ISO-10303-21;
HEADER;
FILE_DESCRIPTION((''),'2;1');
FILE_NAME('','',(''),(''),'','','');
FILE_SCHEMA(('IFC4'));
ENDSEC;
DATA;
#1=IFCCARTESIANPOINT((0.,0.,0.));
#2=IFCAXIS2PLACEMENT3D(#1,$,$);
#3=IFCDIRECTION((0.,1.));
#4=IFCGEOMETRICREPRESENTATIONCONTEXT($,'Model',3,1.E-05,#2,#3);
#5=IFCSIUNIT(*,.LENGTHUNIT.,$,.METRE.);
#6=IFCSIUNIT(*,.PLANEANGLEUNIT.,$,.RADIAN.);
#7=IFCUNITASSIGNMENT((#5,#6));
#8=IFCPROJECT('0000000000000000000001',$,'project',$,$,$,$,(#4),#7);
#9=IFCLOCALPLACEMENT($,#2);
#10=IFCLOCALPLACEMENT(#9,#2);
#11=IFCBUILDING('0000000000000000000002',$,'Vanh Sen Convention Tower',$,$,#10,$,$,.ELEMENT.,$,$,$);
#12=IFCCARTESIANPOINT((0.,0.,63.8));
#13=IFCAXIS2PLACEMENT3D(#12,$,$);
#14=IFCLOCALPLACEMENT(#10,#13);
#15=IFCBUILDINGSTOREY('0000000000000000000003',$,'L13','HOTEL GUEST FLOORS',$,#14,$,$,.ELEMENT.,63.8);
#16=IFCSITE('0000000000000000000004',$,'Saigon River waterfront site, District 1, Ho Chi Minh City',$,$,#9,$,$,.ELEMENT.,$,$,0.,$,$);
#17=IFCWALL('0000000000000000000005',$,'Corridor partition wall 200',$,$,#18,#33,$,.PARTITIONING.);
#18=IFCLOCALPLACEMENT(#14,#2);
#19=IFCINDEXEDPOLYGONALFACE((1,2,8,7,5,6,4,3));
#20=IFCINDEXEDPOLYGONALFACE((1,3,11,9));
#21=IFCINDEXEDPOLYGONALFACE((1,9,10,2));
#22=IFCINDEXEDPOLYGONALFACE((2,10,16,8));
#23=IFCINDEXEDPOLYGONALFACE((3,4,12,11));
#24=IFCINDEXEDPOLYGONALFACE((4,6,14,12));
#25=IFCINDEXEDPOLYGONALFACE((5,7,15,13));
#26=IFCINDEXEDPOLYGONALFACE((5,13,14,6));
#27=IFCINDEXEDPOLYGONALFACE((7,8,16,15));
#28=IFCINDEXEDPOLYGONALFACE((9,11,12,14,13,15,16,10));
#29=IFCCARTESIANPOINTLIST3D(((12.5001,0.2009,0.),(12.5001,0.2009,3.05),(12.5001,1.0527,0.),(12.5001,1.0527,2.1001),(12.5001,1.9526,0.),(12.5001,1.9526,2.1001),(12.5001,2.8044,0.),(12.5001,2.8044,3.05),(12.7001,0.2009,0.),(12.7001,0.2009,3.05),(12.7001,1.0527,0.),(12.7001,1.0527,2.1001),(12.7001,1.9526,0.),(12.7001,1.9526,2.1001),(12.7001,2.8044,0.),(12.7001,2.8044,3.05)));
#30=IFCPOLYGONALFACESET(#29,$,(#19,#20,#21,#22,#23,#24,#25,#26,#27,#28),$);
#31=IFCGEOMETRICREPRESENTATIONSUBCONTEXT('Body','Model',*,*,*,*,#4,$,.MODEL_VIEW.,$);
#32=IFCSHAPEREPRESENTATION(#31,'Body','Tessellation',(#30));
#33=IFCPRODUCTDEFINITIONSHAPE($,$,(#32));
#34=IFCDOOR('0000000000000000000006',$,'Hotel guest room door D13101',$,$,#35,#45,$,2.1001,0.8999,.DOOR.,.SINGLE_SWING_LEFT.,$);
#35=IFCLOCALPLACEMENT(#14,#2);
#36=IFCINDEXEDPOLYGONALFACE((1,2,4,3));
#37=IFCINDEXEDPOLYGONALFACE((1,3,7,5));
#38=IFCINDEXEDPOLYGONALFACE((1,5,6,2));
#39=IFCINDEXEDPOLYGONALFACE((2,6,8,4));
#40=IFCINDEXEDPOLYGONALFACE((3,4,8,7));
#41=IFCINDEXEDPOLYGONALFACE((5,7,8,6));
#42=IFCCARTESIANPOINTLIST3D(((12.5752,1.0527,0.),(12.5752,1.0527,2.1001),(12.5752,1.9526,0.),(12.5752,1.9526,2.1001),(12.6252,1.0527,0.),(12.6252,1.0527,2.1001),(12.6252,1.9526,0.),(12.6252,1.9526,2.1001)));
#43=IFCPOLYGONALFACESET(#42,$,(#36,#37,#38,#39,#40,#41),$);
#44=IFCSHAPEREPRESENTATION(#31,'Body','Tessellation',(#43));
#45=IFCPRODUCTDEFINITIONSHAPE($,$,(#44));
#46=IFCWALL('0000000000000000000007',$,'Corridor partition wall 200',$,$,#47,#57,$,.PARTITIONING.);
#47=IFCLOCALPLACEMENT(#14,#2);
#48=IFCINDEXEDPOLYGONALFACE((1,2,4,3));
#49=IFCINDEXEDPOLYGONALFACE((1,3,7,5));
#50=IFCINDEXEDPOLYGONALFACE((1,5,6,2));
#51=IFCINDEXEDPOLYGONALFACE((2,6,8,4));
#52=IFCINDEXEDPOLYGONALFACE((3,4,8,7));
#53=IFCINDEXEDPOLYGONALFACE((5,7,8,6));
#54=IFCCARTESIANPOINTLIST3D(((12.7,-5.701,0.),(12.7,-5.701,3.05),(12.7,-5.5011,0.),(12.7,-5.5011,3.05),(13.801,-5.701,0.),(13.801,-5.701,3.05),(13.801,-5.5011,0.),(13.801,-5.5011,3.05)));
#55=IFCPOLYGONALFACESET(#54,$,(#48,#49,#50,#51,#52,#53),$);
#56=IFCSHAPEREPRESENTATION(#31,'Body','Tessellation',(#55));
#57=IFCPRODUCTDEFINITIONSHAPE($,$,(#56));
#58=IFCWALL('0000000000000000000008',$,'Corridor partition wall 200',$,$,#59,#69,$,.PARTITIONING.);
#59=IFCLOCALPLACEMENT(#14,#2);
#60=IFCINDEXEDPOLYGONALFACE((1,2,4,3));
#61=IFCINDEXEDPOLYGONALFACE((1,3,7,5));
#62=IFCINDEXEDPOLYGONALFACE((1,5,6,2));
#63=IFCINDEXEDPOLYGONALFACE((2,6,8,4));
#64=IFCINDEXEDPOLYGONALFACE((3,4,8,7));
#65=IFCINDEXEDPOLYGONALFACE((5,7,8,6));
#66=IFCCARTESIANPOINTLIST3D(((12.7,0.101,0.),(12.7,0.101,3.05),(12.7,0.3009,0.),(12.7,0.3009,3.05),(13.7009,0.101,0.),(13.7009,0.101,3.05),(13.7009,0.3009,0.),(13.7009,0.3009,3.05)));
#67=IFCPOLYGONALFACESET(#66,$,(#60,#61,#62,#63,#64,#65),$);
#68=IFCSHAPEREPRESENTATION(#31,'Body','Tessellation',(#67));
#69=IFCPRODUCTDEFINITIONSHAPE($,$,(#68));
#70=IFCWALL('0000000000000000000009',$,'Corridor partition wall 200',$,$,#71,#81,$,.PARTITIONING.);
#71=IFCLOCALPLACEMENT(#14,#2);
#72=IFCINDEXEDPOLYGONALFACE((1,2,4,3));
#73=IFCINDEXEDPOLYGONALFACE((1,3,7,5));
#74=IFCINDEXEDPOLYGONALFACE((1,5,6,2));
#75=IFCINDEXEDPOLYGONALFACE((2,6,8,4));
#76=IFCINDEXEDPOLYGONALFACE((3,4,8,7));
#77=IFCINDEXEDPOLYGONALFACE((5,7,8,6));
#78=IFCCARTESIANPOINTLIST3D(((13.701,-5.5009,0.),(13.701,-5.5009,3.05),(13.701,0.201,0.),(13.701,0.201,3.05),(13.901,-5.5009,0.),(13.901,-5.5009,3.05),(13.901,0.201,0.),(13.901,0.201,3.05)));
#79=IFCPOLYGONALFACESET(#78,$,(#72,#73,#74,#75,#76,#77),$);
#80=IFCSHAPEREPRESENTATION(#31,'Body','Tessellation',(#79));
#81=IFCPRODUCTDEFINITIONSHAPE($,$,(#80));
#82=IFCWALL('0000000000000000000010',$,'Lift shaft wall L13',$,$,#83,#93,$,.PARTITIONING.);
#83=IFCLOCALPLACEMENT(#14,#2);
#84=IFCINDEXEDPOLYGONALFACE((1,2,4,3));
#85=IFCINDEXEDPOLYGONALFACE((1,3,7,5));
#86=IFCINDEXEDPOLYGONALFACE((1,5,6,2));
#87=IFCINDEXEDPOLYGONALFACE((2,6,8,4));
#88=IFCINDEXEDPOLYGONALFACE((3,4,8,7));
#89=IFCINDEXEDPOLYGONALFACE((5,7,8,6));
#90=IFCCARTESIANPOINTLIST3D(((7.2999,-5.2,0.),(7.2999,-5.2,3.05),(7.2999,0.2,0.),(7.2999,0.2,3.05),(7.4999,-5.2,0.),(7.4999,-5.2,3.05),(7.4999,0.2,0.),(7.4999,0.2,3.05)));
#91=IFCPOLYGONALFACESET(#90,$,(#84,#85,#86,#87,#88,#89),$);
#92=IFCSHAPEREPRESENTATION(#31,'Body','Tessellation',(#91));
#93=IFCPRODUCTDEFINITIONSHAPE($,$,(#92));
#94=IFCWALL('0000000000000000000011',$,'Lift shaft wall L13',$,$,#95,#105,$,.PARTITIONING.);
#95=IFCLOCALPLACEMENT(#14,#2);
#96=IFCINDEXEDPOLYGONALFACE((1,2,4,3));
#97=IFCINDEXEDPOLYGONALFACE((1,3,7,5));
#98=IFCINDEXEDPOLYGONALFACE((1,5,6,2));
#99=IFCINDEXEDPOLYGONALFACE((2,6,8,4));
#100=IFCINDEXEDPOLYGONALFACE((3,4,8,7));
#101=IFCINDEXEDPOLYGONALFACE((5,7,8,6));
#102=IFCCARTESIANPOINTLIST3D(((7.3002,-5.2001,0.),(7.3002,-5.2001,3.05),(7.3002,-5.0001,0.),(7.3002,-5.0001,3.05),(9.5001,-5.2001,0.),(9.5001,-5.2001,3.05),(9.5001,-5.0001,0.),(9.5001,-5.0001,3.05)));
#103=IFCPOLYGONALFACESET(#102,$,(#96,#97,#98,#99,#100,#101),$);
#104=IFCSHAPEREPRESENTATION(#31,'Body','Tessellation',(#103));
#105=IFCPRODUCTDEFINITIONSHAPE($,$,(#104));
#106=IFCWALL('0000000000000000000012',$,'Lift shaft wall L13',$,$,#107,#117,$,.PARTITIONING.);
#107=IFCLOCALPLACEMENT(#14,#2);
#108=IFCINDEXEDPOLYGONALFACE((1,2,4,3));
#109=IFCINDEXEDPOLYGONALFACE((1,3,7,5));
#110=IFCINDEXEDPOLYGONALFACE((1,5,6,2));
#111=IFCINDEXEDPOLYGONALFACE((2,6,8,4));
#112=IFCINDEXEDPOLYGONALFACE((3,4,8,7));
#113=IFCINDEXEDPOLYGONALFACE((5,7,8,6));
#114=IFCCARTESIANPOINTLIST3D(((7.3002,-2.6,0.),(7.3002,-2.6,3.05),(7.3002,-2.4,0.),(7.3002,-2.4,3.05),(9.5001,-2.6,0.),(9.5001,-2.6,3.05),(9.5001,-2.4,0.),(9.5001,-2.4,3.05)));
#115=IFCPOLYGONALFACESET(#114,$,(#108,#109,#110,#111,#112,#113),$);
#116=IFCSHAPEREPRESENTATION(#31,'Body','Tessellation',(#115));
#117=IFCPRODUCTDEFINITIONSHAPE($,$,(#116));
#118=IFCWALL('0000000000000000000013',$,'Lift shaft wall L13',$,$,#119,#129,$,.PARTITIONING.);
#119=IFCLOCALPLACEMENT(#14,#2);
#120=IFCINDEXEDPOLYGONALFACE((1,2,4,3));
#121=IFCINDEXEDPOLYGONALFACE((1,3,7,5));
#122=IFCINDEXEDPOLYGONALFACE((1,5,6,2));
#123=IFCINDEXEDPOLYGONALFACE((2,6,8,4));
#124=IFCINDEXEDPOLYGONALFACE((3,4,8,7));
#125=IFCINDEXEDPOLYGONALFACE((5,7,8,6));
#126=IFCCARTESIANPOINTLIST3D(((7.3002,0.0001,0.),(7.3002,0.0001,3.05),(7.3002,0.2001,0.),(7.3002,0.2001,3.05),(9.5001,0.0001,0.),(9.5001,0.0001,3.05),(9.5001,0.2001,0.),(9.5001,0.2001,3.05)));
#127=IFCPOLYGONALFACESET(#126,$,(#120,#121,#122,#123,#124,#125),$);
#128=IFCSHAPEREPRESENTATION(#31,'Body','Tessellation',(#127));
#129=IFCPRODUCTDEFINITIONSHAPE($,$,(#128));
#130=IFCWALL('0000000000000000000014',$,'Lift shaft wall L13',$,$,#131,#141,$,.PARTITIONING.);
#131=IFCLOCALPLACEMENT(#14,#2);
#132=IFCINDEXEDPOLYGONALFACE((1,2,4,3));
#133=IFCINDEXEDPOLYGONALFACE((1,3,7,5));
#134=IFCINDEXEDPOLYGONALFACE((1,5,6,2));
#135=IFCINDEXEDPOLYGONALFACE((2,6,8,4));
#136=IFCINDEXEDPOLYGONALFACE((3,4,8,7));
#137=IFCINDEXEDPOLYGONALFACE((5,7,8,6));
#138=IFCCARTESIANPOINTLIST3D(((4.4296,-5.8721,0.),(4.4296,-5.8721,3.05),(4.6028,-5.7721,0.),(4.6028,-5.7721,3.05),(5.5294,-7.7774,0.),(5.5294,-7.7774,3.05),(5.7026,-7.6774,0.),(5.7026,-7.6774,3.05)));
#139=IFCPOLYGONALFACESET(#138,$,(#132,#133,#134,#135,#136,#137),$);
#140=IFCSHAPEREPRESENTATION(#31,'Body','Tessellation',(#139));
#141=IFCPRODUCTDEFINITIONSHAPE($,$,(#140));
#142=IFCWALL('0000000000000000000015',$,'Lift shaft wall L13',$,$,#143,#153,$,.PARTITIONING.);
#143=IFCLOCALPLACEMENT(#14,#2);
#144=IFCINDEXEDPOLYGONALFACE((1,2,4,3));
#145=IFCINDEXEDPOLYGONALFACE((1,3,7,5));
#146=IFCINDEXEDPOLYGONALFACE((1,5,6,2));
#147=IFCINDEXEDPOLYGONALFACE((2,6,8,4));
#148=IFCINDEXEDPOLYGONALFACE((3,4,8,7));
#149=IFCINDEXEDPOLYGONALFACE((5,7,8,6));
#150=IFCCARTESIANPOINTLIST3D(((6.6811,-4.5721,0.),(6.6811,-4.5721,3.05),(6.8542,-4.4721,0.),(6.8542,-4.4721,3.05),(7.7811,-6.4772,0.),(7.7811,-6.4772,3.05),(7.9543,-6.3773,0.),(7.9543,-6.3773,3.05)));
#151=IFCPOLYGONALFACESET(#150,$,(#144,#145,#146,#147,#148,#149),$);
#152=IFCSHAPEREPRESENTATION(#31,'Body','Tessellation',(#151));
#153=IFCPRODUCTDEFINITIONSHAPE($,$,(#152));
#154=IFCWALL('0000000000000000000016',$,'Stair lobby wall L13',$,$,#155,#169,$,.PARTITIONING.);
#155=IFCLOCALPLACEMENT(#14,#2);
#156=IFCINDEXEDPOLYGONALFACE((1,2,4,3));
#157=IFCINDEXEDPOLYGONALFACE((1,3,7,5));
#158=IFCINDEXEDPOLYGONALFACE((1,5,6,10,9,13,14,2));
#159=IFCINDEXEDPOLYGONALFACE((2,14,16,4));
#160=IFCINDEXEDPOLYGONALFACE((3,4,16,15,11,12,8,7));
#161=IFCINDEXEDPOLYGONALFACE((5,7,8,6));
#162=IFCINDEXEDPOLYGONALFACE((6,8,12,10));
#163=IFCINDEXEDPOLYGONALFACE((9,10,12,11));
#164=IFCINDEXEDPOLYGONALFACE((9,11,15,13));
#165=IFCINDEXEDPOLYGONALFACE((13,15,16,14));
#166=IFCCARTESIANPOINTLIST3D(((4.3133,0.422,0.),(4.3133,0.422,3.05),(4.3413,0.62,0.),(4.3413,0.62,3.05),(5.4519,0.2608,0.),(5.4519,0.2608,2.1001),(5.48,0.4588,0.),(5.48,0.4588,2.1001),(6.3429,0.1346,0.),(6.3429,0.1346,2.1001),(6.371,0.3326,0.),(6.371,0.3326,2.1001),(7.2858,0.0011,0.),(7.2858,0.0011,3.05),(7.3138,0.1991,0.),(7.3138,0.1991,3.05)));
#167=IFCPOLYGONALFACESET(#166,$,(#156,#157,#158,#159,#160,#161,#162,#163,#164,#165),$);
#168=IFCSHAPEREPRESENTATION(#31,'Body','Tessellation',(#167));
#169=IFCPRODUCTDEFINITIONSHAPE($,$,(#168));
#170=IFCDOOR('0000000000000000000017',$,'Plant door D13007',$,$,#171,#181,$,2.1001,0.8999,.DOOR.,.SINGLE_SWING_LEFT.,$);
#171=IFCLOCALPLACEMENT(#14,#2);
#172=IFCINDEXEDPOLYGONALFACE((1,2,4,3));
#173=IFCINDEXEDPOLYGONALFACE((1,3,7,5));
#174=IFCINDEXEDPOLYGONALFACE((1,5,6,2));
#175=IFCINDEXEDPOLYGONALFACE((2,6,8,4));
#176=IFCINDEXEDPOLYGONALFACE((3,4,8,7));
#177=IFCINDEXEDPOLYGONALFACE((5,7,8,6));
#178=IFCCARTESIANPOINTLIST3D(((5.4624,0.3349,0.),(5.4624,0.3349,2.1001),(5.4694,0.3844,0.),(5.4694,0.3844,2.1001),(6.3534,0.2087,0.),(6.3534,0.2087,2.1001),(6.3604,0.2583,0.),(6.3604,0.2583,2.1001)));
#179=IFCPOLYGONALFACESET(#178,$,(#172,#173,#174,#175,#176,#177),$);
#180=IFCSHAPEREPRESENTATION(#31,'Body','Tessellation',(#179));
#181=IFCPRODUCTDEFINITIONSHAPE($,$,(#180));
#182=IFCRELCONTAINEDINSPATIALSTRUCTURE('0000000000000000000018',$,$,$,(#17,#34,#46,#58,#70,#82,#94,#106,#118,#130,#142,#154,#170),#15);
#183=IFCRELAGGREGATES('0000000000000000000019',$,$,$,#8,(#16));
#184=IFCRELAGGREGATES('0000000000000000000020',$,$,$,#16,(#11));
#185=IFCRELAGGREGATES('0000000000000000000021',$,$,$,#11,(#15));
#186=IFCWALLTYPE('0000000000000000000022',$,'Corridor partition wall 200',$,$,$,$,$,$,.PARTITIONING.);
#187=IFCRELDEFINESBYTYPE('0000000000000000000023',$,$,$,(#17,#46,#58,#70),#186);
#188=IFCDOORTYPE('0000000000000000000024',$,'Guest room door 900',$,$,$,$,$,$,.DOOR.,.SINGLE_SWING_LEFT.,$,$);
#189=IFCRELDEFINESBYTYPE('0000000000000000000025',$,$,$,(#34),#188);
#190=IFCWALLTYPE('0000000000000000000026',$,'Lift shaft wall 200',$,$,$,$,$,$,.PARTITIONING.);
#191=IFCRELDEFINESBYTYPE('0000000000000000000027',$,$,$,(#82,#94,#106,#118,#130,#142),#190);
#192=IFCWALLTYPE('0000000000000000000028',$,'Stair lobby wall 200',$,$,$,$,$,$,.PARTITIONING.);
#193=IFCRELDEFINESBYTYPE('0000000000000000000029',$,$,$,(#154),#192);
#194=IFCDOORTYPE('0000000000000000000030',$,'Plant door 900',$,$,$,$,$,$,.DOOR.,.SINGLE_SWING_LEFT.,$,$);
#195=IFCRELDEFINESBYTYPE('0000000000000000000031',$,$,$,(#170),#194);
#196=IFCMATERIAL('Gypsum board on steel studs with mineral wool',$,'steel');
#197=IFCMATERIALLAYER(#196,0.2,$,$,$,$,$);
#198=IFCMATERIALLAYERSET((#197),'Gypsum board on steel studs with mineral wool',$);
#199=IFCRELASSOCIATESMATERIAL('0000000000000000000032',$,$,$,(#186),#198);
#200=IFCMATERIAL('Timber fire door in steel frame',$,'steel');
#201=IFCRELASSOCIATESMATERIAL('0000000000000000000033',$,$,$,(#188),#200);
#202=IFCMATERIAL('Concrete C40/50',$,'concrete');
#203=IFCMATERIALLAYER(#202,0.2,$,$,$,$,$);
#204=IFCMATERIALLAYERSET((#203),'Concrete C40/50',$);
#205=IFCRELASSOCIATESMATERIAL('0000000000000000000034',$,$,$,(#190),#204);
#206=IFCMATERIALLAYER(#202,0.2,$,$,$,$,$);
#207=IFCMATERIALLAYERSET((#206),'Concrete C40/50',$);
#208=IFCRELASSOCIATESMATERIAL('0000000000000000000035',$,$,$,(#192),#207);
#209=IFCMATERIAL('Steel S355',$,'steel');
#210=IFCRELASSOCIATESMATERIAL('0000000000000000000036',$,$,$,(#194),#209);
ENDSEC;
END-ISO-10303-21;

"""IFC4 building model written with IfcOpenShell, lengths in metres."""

from ifc_helpers import new_model, si_unit, direction, frame, frame_2d, origin, place, context, subcontext, project, spatial, rectangle, extrude, material, layer, layer_set, type_object, element, fill, save


model = new_model("IFC4")

# Units and contexts
model_context = context("Model", 3, precision=1e-05, world=origin(), true_north=direction((0.0, 1.0)))
body_context = subcontext(model_context, "Body", "Model", "MODEL_VIEW")
ifc_project = project(units=[si_unit("LENGTHUNIT", "METRE"), si_unit("PLANEANGLEUNIT", "RADIAN")], contexts=[model_context])

# Site, building, storey
site_placement = place(None, origin())
site = spatial("IfcSite", under=ifc_project, at=site_placement, Name="Saigon River waterfront site, District 1, Ho Chi Minh City", CompositionType="ELEMENT", RefElevation=0.0)
building_placement = place(site_placement, origin())
building = spatial("IfcBuilding", under=site, at=building_placement, Name="Vanh Sen Convention Tower", CompositionType="ELEMENT")
storey_placement = place(building_placement, frame((0.0, 0.0, 63.8)))
storey = spatial("IfcBuildingStorey", under=building, at=storey_placement, Name="L13", Description="HOTEL GUEST FLOORS", CompositionType="ELEMENT", Elevation=63.8)

# Shared definitions
ifc_material_1 = material(Name="Steel S355", Category="steel")

# Shared definitions
ifc_material_2 = material(Name="Gypsum board on steel studs with mineral wool", Category="steel")
ifc_layer_1 = layer(ifc_material_2, 0.2)
ifc_layer_set_1 = layer_set([ifc_layer_1], Name="Gypsum board on steel studs with mineral wool")
wall_type_1 = type_object("IfcWallType", Name="Corridor partition wall 200", PredefinedType="PARTITIONING", material=ifc_layer_set_1)

# Shared definitions
ifc_material_3 = material(Name="Timber fire door in steel frame", Category="steel")
door_type_1 = type_object("IfcDoorType", Name="Guest room door 900", OperationType="SINGLE_SWING_LEFT", PredefinedType="DOOR", material=ifc_material_3)

# Wall, opening, door
wall_1_placement = place(storey_placement, frame((12.6001, 0.2009, 0.0), z_axis=(0.0, 0.0, 1.0), x_axis=(0.0, 1.0, 0.0)))
wall_1 = element("IfcWall", 1, at=wall_1_placement, inside=storey, type_object=wall_type_1, Name="Corridor partition wall 200", PredefinedType="PARTITIONING", context=body_context, shape_type="SweptSolid", body=[
    extrude(rectangle(XDim=2.6035, YDim=0.2, at=frame_2d((1.3018, 0.0))), origin(), (0.0, 0.0, 1.0), 3.05),
])
opening_1_placement = place(wall_1_placement, frame((0.8518, 0.0, 0.0)))
opening_1 = element("IfcOpeningElement", 2, at=opening_1_placement, cuts=wall_1, PredefinedType="OPENING", context=body_context, shape_type="SweptSolid", body=[
    extrude(rectangle(XDim=0.8999, YDim=2.1001, at=frame_2d((0.45, 1.05))), frame((0.0, 0.1099, 0.0), z_axis=(0.0, -1.0, 0.0), x_axis=(1.0, 0.0, 0.0)), (0.0, 0.0, 1.0), 0.22),
])
door_1_placement = place(opening_1_placement, origin())
door_1 = element("IfcDoor", 3, at=door_1_placement, inside=storey, type_object=door_type_1, Name="Hotel guest room door D13101", OperationType="SINGLE_SWING_LEFT", OverallHeight=2.1001, OverallWidth=0.8999, PredefinedType="DOOR", context=body_context, shape_type="SweptSolid", body=[
    extrude(rectangle(XDim=0.8999, YDim=2.1001, at=frame_2d((0.45, 1.05))), frame((0.0, 0.0249, 0.0), z_axis=(0.0, -1.0, 0.0), x_axis=(1.0, 0.0, 0.0)), (0.0, 0.0, 1.0), 0.05),
])
fill(opening_1, door_1)

# Walls
wall_2_placement = place(storey_placement, frame((12.7, -5.6011, 0.0), z_axis=(0.0, 0.0, 1.0), x_axis=(1.0, 0.0, 0.0)))
element("IfcWall", 4, at=wall_2_placement, inside=storey, type_object=wall_type_1, Name="Corridor partition wall 200", PredefinedType="PARTITIONING", context=body_context, shape_type="SweptSolid", body=[
    extrude(rectangle(XDim=1.1011, YDim=0.2, at=frame_2d((0.5505, 0.0))), origin(), (0.0, 0.0, 1.0), 3.05),
])
wall_3_placement = place(storey_placement, frame((13.7009, 0.2009, 0.0), z_axis=(0.0, 0.0, 1.0), x_axis=(-1.0, 0.0, 0.0)))
element("IfcWall", 5, at=wall_3_placement, inside=storey, type_object=wall_type_1, Name="Corridor partition wall 200", PredefinedType="PARTITIONING", context=body_context, shape_type="SweptSolid", body=[
    extrude(rectangle(XDim=1.001, YDim=0.2, at=frame_2d((0.5005, 0.0))), origin(), (0.0, 0.0, 1.0), 3.05),
])
wall_4_placement = place(storey_placement, frame((13.801, -5.501, 0.0), z_axis=(0.0, 0.0, 1.0), x_axis=(0.0, 1.0, 0.0)))
element("IfcWall", 6, at=wall_4_placement, inside=storey, type_object=wall_type_1, Name="Corridor partition wall 200", PredefinedType="PARTITIONING", context=body_context, shape_type="SweptSolid", body=[
    extrude(rectangle(XDim=5.7019, YDim=0.2, at=frame_2d((2.8511, 0.0))), origin(), (0.0, 0.0, 1.0), 3.05),
])
ifc_material_4 = material(Name="Concrete C40/50", Category="concrete")
ifc_layer_2 = layer(ifc_material_4, 0.2)
ifc_layer_set_2 = layer_set([ifc_layer_2], Name="Concrete C40/50")
wall_type_2 = type_object("IfcWallType", Name="Lift shaft wall 200", PredefinedType="PARTITIONING", material=ifc_layer_set_2)
wall_5_placement = place(storey_placement, frame((7.3999, -5.2, 0.0), z_axis=(0.0, 0.0, 1.0), x_axis=(0.0, 1.0, 0.0)))
element("IfcWall", 7, at=wall_5_placement, inside=storey, type_object=wall_type_2, Name="Lift shaft wall L13", PredefinedType="PARTITIONING", context=body_context, shape_type="SweptSolid", body=[
    extrude(rectangle(XDim=5.3999, YDim=0.2, at=frame_2d((2.7, 0.0))), origin(), (0.0, 0.0, 1.0), 3.05),
])
for number, where, z_axis, x_axis, name in (
    (8, (7.3, -5.1001, 0.0), (0.0, 0.0, 1.0), (1.0, 0.0, 0.0), "Lift shaft wall L13"),
    (9, (7.3, -2.5, 0.0), (0.0, 0.0, 1.0), (1.0, 0.0, 0.0), "Lift shaft wall L13"),
    (10, (7.3, 0.1001, 0.0), (0.0, 0.0, 1.0), (1.0, 0.0, 0.0), "Lift shaft wall L13"),
    (11, (4.5161, -5.822, 0.0), (0.0, 0.0, 1.0), (0.499947, -0.866056, 0.0), "Lift shaft wall L13"),
    (12, (6.7676, -4.522, 0.0), (0.0, 0.0, 1.0), (0.50003, -0.866008, 0.0), "Lift shaft wall L13"),
):
    element("IfcWall", number, at=place(storey_placement, frame(where, z_axis=z_axis, x_axis=x_axis)), inside=storey, type_object=wall_type_2, Name=name, PredefinedType="PARTITIONING", context=body_context, shape_type="SweptSolid", body=[
        extrude(rectangle(XDim=2.2, YDim=0.2, at=frame_2d((1.1001, 0.0))), origin(), (0.0, 0.0, 1.0), 3.05),
    ])

# Wall, opening, door
ifc_layer_3 = layer(ifc_material_4, 0.2)
ifc_layer_set_3 = layer_set([ifc_layer_3], Name="Concrete C40/50")
wall_type_3 = type_object("IfcWallType", Name="Stair lobby wall 200", PredefinedType="PARTITIONING", material=ifc_layer_set_3)
wall_6_placement = place(storey_placement, frame((4.3274, 0.521, 0.0), z_axis=(0.0, 0.0, 1.0), x_axis=(0.990124, -0.140192, 0.0)))
wall_6 = element("IfcWall", 13, at=wall_6_placement, inside=storey, type_object=wall_type_3, Name="Stair lobby wall L13", PredefinedType="PARTITIONING", context=body_context, shape_type="SweptSolid", body=[
    extrude(rectangle(XDim=3.0022, YDim=0.2, at=frame_2d((1.501, 0.0))), origin(), (0.0, 0.0, 1.0), 3.05),
])
opening_2_placement = place(wall_6_placement, frame((1.1499, 0.0, 0.0)))
opening_2 = element("IfcOpeningElement", 14, at=opening_2_placement, cuts=wall_6, PredefinedType="OPENING", context=body_context, shape_type="SweptSolid", body=[
    extrude(rectangle(XDim=0.8999, YDim=2.1001, at=frame_2d((0.45, 1.05))), frame((0.0, 0.1099, 0.0), z_axis=(0.0, -1.0, 0.0), x_axis=(1.0, 0.0, 0.0)), (0.0, 0.0, 1.0), 0.22),
])
door_type_2 = type_object("IfcDoorType", Name="Plant door 900", OperationType="SINGLE_SWING_LEFT", PredefinedType="DOOR", material=ifc_material_1)
door_2_placement = place(opening_2_placement, origin())
door_2 = element("IfcDoor", 15, at=door_2_placement, inside=storey, type_object=door_type_2, Name="Plant door D13007", OperationType="SINGLE_SWING_LEFT", OverallHeight=2.1001, OverallWidth=0.8999, PredefinedType="DOOR", context=body_context, shape_type="SweptSolid", body=[
    extrude(rectangle(XDim=0.8999, YDim=2.1001, at=frame_2d((0.45, 1.05))), frame((0.0, 0.0249, 0.0), z_axis=(0.0, -1.0, 0.0), x_axis=(1.0, 0.0, 0.0)), (0.0, 0.0, 1.0), 0.05),
])
fill(opening_2, door_2)

save(model, "model.ifc")
